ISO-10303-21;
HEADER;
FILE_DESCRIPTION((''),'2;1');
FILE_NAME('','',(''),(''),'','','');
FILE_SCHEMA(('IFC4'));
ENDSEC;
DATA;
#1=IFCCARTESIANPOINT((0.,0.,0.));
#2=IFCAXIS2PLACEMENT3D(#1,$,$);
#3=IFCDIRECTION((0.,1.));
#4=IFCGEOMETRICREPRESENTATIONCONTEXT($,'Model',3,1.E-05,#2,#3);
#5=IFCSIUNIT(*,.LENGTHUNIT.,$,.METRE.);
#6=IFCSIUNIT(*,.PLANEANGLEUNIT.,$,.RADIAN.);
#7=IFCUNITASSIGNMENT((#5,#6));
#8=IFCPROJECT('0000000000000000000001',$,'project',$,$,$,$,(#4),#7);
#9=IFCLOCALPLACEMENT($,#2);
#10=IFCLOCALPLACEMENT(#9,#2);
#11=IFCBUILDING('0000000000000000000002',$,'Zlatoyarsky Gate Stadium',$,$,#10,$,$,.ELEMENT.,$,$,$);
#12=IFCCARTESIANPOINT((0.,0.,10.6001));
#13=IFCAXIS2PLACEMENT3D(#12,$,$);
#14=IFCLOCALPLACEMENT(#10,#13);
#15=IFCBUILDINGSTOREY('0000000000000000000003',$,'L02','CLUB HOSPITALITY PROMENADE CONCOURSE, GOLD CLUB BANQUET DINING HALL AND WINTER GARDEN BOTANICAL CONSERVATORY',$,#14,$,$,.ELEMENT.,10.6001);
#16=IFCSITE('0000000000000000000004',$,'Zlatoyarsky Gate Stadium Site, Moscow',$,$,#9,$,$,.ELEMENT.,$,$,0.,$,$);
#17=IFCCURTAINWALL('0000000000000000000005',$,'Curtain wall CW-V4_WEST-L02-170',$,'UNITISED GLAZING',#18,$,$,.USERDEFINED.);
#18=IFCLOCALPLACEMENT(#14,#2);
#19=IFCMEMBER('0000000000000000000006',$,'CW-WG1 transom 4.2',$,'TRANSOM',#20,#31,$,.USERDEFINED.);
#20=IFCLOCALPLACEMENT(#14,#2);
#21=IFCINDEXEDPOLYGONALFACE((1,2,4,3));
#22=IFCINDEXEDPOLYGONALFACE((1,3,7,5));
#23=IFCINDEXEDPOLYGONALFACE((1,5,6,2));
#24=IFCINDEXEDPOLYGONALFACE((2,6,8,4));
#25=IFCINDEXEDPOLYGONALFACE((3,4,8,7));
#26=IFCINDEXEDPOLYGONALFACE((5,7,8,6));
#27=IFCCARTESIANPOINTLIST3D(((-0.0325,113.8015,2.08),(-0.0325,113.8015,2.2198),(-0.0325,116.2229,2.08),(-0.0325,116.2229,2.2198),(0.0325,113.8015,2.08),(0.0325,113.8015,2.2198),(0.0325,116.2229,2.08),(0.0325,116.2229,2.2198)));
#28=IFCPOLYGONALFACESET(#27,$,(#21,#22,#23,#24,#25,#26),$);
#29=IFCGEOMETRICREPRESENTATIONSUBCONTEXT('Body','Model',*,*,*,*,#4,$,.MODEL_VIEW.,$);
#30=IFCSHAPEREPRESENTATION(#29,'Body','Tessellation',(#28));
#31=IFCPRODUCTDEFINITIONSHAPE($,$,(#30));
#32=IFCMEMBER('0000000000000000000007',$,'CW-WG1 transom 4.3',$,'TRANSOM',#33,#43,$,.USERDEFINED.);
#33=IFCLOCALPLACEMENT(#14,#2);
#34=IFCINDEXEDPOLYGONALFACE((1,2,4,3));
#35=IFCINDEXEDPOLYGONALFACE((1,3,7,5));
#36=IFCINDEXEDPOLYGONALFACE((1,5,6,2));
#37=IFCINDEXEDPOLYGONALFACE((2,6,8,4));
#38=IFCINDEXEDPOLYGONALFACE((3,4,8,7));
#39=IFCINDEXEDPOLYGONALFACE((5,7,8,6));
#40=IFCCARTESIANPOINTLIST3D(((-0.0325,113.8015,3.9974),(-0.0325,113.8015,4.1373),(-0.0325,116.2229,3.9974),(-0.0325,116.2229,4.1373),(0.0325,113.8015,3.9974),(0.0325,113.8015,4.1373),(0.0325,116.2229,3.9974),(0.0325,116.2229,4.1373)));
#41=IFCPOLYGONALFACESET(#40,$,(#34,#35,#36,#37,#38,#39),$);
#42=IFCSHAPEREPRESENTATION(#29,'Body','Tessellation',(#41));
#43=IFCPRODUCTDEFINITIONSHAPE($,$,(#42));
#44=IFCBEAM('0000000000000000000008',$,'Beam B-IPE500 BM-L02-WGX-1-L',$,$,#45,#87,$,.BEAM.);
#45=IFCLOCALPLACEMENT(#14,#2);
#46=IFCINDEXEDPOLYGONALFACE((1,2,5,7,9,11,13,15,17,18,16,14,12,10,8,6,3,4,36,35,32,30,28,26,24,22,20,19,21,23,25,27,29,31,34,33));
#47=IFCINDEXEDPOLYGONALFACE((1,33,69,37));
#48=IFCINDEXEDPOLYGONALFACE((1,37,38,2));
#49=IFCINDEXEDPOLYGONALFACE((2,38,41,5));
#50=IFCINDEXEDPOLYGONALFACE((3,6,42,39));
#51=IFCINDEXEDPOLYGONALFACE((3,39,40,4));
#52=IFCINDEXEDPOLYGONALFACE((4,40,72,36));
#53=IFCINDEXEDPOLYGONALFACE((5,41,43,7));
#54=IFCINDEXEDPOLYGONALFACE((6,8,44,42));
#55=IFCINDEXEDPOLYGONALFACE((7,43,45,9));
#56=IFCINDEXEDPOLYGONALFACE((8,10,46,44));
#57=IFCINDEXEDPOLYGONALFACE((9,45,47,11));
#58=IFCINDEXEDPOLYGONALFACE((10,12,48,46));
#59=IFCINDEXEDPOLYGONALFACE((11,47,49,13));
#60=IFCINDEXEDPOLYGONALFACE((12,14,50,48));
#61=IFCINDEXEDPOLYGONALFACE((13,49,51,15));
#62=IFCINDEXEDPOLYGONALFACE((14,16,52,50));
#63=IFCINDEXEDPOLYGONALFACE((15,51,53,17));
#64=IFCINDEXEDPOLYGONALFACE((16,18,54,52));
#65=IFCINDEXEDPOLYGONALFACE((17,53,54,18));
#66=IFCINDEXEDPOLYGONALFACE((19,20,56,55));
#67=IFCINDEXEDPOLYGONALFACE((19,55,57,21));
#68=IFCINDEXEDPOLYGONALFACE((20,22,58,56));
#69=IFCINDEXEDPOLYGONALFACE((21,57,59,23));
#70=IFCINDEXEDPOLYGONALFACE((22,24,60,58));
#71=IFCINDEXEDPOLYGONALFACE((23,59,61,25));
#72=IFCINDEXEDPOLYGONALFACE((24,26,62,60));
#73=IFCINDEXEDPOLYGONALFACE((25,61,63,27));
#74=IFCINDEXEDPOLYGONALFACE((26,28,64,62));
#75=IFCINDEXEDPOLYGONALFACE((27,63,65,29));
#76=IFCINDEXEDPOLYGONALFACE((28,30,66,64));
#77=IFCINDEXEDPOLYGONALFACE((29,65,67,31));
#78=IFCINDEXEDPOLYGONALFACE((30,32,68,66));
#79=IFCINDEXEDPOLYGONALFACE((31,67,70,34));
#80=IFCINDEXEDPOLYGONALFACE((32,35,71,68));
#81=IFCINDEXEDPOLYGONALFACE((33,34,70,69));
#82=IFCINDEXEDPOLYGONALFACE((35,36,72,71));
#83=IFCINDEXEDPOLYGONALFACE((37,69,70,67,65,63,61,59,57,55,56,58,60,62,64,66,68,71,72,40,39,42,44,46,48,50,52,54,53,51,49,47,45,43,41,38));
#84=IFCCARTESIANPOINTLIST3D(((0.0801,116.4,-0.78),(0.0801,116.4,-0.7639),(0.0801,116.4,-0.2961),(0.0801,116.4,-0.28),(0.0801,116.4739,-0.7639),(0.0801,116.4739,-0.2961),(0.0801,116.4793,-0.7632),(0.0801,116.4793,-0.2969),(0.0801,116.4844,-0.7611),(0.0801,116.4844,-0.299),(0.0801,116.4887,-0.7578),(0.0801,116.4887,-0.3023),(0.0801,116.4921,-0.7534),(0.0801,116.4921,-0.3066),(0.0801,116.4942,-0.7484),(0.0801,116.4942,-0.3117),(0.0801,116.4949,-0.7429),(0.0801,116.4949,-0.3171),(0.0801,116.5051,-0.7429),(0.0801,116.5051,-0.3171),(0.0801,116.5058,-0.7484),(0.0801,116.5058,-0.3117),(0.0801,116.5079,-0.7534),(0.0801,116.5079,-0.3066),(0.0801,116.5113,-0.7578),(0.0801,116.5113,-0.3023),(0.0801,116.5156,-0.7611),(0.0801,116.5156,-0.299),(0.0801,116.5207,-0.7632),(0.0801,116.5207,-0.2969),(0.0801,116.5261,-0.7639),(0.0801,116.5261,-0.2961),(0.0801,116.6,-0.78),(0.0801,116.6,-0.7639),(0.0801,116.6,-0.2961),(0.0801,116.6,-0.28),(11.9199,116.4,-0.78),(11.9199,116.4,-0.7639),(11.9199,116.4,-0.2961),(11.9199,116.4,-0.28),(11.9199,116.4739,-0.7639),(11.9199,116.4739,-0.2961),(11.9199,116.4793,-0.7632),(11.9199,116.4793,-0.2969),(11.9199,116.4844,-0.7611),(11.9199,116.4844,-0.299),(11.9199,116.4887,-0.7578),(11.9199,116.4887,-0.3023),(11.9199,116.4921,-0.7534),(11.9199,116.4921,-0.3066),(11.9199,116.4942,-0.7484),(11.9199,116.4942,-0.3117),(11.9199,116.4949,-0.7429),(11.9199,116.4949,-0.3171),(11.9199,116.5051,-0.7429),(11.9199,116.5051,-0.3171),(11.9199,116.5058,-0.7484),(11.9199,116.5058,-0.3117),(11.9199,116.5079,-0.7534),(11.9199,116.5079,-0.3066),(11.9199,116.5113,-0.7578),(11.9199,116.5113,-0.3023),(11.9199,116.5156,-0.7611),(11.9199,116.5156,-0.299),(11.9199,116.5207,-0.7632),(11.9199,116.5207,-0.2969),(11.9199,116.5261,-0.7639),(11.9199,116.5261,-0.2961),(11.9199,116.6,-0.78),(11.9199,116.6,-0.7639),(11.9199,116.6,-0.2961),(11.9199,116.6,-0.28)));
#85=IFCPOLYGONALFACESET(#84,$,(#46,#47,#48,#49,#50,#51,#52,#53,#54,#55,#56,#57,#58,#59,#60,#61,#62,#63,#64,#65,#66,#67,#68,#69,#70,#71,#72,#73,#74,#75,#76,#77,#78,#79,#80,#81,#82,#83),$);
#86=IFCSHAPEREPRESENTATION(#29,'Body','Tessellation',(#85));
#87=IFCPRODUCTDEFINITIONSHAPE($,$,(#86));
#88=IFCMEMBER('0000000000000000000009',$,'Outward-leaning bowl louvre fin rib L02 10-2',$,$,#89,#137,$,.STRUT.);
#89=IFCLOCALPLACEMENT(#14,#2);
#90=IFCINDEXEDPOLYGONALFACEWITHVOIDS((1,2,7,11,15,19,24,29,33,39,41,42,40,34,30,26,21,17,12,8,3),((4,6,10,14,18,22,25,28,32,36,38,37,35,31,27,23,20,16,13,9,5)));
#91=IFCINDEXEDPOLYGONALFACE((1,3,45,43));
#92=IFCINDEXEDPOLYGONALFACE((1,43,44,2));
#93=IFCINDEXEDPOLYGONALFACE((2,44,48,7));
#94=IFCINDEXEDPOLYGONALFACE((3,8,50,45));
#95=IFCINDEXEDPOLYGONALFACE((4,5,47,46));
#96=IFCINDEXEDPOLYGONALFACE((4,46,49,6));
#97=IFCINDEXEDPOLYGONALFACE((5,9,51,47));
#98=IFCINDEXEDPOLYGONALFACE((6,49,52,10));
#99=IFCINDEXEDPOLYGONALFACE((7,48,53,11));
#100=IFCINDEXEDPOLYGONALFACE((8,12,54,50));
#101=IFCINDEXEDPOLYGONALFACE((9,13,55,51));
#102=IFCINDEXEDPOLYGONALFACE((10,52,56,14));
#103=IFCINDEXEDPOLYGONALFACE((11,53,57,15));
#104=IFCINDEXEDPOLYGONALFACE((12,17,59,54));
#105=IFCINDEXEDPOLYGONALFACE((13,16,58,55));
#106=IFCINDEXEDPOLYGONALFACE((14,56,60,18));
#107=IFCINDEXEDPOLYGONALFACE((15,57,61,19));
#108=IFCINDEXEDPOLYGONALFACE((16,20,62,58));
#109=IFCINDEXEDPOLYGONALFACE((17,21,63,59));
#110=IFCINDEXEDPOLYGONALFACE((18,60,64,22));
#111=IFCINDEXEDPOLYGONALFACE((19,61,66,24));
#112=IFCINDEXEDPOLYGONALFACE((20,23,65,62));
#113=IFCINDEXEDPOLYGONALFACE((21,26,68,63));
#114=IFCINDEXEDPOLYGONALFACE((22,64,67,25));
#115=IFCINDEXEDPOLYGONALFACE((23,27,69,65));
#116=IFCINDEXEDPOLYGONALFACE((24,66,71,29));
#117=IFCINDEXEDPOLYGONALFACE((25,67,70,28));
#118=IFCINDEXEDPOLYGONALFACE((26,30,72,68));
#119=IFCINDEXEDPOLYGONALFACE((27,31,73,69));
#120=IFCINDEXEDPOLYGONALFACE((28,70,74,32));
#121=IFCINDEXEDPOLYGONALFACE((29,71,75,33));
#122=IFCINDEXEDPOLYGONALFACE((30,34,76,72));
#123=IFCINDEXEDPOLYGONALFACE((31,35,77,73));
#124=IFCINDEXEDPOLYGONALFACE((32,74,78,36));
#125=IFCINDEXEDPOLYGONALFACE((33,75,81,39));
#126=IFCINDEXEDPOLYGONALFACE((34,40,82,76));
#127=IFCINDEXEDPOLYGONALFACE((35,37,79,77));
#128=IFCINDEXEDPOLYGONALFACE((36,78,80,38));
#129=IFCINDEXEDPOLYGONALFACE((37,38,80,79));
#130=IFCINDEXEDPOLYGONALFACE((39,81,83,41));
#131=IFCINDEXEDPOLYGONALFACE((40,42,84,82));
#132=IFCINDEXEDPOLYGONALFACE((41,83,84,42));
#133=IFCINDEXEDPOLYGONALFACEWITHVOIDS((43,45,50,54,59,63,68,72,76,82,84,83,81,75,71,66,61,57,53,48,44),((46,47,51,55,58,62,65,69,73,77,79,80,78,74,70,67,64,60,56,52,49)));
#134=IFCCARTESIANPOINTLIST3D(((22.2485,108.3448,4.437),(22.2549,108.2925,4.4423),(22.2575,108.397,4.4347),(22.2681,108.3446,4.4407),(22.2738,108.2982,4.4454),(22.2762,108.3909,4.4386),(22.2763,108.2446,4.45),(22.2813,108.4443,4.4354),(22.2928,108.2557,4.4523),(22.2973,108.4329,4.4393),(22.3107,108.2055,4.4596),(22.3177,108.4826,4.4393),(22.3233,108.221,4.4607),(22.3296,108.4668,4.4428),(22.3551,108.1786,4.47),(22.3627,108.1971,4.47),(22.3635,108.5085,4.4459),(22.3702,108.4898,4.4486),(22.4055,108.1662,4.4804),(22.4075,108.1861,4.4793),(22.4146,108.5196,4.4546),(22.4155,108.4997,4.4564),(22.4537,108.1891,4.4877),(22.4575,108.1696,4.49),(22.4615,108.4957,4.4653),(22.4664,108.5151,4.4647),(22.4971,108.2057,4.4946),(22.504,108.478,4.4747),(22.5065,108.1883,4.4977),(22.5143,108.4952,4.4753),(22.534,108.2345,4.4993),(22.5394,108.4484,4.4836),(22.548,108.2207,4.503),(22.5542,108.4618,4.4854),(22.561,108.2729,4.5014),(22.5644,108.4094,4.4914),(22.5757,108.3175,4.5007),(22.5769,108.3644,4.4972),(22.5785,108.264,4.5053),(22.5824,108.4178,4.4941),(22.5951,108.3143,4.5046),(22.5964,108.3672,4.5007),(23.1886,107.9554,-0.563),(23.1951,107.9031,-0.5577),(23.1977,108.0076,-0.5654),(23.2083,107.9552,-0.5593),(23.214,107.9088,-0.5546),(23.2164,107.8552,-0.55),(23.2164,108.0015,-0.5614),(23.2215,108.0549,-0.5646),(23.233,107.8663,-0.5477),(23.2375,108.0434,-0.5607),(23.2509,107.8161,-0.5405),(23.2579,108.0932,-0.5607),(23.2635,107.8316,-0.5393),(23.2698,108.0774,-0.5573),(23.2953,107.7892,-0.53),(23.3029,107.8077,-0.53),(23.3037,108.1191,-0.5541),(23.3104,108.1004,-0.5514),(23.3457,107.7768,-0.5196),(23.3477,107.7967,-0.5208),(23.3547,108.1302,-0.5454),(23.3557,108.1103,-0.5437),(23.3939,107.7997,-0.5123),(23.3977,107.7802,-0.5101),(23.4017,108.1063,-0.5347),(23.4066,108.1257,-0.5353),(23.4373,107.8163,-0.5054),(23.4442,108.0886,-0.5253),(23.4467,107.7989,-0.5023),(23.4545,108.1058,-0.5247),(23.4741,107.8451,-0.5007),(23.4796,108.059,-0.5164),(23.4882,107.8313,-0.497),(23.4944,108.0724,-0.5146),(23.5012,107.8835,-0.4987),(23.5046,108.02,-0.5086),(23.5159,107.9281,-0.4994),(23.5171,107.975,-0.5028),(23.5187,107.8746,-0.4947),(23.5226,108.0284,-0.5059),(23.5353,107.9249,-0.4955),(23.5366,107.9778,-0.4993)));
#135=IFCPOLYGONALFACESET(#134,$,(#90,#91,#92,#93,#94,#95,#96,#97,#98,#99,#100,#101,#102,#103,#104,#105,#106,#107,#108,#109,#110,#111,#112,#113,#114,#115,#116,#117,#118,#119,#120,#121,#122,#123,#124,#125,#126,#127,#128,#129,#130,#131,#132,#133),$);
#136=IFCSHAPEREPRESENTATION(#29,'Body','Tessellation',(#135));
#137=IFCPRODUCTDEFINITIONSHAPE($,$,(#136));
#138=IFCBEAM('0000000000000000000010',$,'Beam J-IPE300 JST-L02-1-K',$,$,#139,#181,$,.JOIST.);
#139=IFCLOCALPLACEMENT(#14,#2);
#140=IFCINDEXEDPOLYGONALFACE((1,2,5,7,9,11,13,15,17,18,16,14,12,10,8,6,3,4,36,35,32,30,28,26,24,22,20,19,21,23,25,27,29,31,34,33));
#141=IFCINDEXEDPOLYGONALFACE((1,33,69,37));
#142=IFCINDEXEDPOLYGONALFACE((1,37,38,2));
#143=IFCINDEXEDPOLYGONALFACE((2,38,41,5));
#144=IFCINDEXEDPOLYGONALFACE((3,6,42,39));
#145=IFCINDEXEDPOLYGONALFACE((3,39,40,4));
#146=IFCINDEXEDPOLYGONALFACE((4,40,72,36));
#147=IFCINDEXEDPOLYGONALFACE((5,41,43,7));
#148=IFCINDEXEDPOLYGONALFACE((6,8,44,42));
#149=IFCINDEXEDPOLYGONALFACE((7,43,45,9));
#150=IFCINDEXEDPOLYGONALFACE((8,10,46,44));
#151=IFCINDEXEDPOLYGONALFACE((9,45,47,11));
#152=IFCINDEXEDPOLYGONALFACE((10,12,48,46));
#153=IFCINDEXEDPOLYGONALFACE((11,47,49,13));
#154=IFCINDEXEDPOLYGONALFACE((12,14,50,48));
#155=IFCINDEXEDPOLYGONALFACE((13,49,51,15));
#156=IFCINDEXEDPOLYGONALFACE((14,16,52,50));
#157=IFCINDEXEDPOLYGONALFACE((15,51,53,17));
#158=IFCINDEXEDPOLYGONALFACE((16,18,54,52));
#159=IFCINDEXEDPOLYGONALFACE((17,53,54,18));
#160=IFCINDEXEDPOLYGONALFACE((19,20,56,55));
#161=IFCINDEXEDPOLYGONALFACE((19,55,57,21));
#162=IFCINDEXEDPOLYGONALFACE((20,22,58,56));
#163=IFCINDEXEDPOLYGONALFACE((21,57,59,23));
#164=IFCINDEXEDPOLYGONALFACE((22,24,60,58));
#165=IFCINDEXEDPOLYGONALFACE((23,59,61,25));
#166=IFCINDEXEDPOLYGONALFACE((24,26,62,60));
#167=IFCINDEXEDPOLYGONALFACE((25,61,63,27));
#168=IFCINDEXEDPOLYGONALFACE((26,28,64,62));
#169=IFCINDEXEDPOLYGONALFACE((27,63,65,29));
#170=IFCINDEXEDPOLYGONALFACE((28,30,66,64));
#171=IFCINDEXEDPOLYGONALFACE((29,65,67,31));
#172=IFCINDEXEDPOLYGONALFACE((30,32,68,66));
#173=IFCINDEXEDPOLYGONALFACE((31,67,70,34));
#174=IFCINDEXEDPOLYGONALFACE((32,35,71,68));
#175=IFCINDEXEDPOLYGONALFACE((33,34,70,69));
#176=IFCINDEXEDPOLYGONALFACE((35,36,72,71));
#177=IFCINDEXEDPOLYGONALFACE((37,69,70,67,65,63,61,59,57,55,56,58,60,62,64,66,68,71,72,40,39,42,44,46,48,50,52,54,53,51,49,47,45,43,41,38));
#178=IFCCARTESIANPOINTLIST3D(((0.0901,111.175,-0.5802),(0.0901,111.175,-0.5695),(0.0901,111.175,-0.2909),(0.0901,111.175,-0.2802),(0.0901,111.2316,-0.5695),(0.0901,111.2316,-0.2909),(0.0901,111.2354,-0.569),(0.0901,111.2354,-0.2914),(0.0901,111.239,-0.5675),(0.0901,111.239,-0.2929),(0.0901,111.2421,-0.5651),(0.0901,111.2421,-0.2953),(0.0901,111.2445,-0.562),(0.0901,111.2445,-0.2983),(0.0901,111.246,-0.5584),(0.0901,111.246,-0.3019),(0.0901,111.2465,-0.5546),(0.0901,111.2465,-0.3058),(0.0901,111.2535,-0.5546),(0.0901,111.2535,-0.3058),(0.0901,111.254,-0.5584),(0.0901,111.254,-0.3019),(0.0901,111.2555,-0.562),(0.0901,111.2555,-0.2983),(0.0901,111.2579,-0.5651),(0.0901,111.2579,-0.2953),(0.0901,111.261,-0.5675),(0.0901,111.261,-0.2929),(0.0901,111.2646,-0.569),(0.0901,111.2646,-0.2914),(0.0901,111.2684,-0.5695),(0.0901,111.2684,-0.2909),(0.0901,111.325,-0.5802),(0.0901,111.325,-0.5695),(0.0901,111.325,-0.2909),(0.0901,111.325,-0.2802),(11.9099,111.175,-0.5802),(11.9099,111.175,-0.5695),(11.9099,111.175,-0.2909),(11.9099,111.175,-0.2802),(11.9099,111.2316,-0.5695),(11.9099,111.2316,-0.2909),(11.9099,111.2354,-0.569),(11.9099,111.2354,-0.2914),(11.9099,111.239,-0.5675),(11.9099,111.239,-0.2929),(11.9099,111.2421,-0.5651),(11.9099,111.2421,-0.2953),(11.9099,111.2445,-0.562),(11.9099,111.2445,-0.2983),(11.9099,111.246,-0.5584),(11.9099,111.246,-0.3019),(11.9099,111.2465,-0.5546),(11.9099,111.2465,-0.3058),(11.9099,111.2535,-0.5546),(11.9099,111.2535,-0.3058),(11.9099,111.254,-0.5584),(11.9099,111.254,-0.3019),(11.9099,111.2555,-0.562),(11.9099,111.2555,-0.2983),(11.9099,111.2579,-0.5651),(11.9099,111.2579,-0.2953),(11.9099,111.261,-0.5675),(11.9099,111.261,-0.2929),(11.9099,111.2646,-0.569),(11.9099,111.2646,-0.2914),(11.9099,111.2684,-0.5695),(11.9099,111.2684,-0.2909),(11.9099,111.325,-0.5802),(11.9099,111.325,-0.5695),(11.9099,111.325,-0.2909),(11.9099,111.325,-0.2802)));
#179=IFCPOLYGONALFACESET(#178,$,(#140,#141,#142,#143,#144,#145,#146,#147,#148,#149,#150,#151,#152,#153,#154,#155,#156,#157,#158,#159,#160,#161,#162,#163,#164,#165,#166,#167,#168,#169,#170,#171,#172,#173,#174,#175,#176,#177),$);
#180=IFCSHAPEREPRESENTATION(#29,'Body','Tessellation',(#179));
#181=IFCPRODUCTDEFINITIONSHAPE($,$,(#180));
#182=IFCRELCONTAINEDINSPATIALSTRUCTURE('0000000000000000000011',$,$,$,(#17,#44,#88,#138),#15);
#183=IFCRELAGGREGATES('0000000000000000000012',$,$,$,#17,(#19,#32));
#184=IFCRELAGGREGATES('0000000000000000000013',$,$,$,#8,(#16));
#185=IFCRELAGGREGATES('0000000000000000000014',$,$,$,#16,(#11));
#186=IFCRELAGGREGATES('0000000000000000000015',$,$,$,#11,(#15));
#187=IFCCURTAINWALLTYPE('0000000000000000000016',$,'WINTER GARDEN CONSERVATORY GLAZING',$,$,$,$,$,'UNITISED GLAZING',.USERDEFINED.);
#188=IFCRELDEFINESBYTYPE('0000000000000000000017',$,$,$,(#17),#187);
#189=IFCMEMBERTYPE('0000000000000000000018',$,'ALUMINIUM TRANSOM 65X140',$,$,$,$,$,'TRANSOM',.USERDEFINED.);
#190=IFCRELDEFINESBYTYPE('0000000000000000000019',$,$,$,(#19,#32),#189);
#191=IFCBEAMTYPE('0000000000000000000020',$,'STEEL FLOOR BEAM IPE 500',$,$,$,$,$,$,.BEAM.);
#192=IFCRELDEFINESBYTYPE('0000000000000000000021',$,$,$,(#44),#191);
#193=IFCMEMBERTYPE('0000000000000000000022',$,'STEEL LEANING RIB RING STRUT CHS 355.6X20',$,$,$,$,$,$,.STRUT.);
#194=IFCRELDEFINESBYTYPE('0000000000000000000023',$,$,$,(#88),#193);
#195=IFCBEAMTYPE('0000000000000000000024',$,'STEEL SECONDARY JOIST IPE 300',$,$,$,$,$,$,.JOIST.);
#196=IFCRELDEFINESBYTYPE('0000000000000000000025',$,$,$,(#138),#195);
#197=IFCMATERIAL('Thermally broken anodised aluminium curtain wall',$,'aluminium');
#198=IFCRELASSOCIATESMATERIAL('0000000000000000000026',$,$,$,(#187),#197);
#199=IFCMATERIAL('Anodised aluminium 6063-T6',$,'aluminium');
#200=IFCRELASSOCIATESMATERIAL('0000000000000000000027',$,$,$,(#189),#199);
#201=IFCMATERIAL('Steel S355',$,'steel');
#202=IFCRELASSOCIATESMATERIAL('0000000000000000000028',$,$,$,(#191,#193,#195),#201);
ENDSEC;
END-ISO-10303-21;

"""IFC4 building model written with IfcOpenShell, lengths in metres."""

from ifc_helpers import new_model, si_unit, direction, frame, origin, origin_2d, place, context, subcontext, project, spatial, rectangle, hollow_circle, i_section, extrude, material, material_profile, profile_set, type_object, element, aggregate, save


model = new_model("IFC4")

# Units and contexts
model_context = context("Model", 3, precision=1e-05, world=origin(), true_north=direction((0.0, 1.0)))
body_context = subcontext(model_context, "Body", "Model", "MODEL_VIEW")
ifc_project = project(units=[si_unit("LENGTHUNIT", "METRE"), si_unit("PLANEANGLEUNIT", "RADIAN")], contexts=[model_context])

# Site, building, storey
site_placement = place(None, origin())
site = spatial("IfcSite", under=ifc_project, at=site_placement, Name="Zlatoyarsky Gate Stadium Site, Moscow", CompositionType="ELEMENT", RefElevation=0.0)
building_placement = place(site_placement, origin())
building = spatial("IfcBuilding", under=site, at=building_placement, Name="Zlatoyarsky Gate Stadium", CompositionType="ELEMENT")
storey_placement = place(building_placement, frame((0.0, 0.0, 10.6001)))
storey = spatial("IfcBuildingStorey", under=building, at=storey_placement, Name="L02", Description="CLUB HOSPITALITY PROMENADE CONCOURSE, GOLD CLUB BANQUET DINING HALL AND WINTER GARDEN BOTANICAL CONSERVATORY", CompositionType="ELEMENT", Elevation=10.6001)

# Shared definitions
ifc_material_1 = material(Name="Steel S355", Category="steel")

# Curtain wall, members
ifc_material_2 = material(Name="Thermally broken anodised aluminium curtain wall", Category="aluminium")
curtain_wall_type = type_object("IfcCurtainWallType", Name="WINTER GARDEN CONSERVATORY GLAZING", ElementType="UNITISED GLAZING", PredefinedType="USERDEFINED", material=ifc_material_2)
curtain_wall_placement = place(storey_placement, origin())
curtain_wall = element("IfcCurtainWall", 1, at=curtain_wall_placement, inside=storey, type_object=curtain_wall_type, Name="Curtain wall CW-V4_WEST-L02-170", ObjectType="UNITISED GLAZING", PredefinedType="USERDEFINED")
ifc_material_3 = material(Name="Anodised aluminium 6063-T6", Category="aluminium")
ifc_material_profile_1 = material_profile(ifc_material_3, rectangle(XDim=0.0649, YDim=0.1399, at=origin_2d()), Name="ALU 65X140")
ifc_profile_set_1 = profile_set([ifc_material_profile_1], Name="Anodised aluminium 6063-T6")
member_type_1 = type_object("IfcMemberType", Name="ALUMINIUM TRANSOM 65X140", ElementType="TRANSOM", PredefinedType="USERDEFINED", material=ifc_profile_set_1)
member_1_placement = place(storey_placement, frame((0.0, 113.8015, 2.1499), z_axis=(0.0, 1.0, 0.0), x_axis=(-1.0, 0.0, 0.0)))
member_1 = element("IfcMember", 2, at=member_1_placement, type_object=member_type_1, Name="CW-WG1 transom 4.2", ObjectType="TRANSOM", PredefinedType="USERDEFINED", context=body_context, shape_type="SweptSolid", body=[
    extrude(rectangle(XDim=0.0649, YDim=0.1399, at=origin_2d()), origin(), (0.0, 0.0, 1.0), 2.4214),
])
member_2_placement = place(storey_placement, frame((0.0, 113.8015, 4.0674), z_axis=(0.0, 1.0, 0.0), x_axis=(-1.0, 0.0, 0.0)))
member_2 = element("IfcMember", 3, at=member_2_placement, type_object=member_type_1, Name="CW-WG1 transom 4.3", ObjectType="TRANSOM", PredefinedType="USERDEFINED", context=body_context, shape_type="SweptSolid", body=[
    extrude(rectangle(XDim=0.0649, YDim=0.1399, at=origin_2d()), origin(), (0.0, 0.0, 1.0), 2.4214),
])

# Beam
ifc_material_profile_2 = material_profile(ifc_material_1, i_section(OverallWidth=0.2, OverallDepth=0.5, WebThickness=0.0103, FlangeThickness=0.0161, FilletRadius=0.021, at=origin_2d()), Name="IPE 500")
ifc_profile_set_2 = profile_set([ifc_material_profile_2], Name="Steel S355")
beam_type_1 = type_object("IfcBeamType", Name="STEEL FLOOR BEAM IPE 500", PredefinedType="BEAM", material=ifc_profile_set_2)
beam_1_placement = place(storey_placement, frame((0.0801, 116.5, -0.53), z_axis=(1.0, 0.0, 0.0), x_axis=(0.0, 1.0, 0.0)))
element("IfcBeam", 4, at=beam_1_placement, inside=storey, type_object=beam_type_1, Name="Beam B-IPE500 BM-L02-WGX-1-L", PredefinedType="BEAM", context=body_context, shape_type="SweptSolid", body=[
    extrude(i_section(OverallWidth=0.2, OverallDepth=0.5, WebThickness=0.0103, FlangeThickness=0.0161, FilletRadius=0.021, at=origin_2d()), origin(), (0.0, 0.0, 1.0), 11.8398),
])

# Member
ifc_material_profile_3 = material_profile(ifc_material_1, hollow_circle(Radius=0.1777, WallThickness=0.02, at=origin_2d()), Name="CHS 355.6X20")
ifc_profile_set_3 = profile_set([ifc_material_profile_3], Name="Steel S355")
member_type_2 = type_object("IfcMemberType", Name="STEEL LEANING RIB RING STRUT CHS 355.6X20", PredefinedType="STRUT", material=ifc_profile_set_3)
member_3_placement = place(storey_placement, frame((23.3633, 107.9534, -0.53), z_axis=(-0.18426, 0.076316, 0.97991), x_axis=(-0.382655, -0.923891, 0.0)))
element("IfcMember", 5, at=member_3_placement, inside=storey, type_object=member_type_2, Name="Outward-leaning bowl louvre fin rib L02 10-2", PredefinedType="STRUT", context=body_context, shape_type="SweptSolid", body=[
    extrude(hollow_circle(Radius=0.1777, WallThickness=0.02, at=origin_2d()), origin(), (0.0, 0.0, 1.0), 5.1025),
])

# Beam
ifc_material_profile_4 = material_profile(ifc_material_1, i_section(OverallWidth=0.1499, OverallDepth=0.3, WebThickness=0.0071, FlangeThickness=0.0107, FilletRadius=0.0149, at=origin_2d()), Name="IPE 300")
ifc_profile_set_4 = profile_set([ifc_material_profile_4], Name="Steel S355")
beam_type_2 = type_object("IfcBeamType", Name="STEEL SECONDARY JOIST IPE 300", PredefinedType="JOIST", material=ifc_profile_set_4)
beam_2_placement = place(storey_placement, frame((0.0901, 111.25, -0.4302), z_axis=(1.0, 0.0, 0.0), x_axis=(0.0, 1.0, 0.0)))
element("IfcBeam", 6, at=beam_2_placement, inside=storey, type_object=beam_type_2, Name="Beam J-IPE300 JST-L02-1-K", PredefinedType="JOIST", context=body_context, shape_type="SweptSolid", body=[
    extrude(i_section(OverallWidth=0.1499, OverallDepth=0.3, WebThickness=0.0071, FlangeThickness=0.0107, FilletRadius=0.0149, at=origin_2d()), origin(), (0.0, 0.0, 1.0), 11.8198),
])

aggregate(curtain_wall, [member_1, member_2])

save(model, "model.ifc")
